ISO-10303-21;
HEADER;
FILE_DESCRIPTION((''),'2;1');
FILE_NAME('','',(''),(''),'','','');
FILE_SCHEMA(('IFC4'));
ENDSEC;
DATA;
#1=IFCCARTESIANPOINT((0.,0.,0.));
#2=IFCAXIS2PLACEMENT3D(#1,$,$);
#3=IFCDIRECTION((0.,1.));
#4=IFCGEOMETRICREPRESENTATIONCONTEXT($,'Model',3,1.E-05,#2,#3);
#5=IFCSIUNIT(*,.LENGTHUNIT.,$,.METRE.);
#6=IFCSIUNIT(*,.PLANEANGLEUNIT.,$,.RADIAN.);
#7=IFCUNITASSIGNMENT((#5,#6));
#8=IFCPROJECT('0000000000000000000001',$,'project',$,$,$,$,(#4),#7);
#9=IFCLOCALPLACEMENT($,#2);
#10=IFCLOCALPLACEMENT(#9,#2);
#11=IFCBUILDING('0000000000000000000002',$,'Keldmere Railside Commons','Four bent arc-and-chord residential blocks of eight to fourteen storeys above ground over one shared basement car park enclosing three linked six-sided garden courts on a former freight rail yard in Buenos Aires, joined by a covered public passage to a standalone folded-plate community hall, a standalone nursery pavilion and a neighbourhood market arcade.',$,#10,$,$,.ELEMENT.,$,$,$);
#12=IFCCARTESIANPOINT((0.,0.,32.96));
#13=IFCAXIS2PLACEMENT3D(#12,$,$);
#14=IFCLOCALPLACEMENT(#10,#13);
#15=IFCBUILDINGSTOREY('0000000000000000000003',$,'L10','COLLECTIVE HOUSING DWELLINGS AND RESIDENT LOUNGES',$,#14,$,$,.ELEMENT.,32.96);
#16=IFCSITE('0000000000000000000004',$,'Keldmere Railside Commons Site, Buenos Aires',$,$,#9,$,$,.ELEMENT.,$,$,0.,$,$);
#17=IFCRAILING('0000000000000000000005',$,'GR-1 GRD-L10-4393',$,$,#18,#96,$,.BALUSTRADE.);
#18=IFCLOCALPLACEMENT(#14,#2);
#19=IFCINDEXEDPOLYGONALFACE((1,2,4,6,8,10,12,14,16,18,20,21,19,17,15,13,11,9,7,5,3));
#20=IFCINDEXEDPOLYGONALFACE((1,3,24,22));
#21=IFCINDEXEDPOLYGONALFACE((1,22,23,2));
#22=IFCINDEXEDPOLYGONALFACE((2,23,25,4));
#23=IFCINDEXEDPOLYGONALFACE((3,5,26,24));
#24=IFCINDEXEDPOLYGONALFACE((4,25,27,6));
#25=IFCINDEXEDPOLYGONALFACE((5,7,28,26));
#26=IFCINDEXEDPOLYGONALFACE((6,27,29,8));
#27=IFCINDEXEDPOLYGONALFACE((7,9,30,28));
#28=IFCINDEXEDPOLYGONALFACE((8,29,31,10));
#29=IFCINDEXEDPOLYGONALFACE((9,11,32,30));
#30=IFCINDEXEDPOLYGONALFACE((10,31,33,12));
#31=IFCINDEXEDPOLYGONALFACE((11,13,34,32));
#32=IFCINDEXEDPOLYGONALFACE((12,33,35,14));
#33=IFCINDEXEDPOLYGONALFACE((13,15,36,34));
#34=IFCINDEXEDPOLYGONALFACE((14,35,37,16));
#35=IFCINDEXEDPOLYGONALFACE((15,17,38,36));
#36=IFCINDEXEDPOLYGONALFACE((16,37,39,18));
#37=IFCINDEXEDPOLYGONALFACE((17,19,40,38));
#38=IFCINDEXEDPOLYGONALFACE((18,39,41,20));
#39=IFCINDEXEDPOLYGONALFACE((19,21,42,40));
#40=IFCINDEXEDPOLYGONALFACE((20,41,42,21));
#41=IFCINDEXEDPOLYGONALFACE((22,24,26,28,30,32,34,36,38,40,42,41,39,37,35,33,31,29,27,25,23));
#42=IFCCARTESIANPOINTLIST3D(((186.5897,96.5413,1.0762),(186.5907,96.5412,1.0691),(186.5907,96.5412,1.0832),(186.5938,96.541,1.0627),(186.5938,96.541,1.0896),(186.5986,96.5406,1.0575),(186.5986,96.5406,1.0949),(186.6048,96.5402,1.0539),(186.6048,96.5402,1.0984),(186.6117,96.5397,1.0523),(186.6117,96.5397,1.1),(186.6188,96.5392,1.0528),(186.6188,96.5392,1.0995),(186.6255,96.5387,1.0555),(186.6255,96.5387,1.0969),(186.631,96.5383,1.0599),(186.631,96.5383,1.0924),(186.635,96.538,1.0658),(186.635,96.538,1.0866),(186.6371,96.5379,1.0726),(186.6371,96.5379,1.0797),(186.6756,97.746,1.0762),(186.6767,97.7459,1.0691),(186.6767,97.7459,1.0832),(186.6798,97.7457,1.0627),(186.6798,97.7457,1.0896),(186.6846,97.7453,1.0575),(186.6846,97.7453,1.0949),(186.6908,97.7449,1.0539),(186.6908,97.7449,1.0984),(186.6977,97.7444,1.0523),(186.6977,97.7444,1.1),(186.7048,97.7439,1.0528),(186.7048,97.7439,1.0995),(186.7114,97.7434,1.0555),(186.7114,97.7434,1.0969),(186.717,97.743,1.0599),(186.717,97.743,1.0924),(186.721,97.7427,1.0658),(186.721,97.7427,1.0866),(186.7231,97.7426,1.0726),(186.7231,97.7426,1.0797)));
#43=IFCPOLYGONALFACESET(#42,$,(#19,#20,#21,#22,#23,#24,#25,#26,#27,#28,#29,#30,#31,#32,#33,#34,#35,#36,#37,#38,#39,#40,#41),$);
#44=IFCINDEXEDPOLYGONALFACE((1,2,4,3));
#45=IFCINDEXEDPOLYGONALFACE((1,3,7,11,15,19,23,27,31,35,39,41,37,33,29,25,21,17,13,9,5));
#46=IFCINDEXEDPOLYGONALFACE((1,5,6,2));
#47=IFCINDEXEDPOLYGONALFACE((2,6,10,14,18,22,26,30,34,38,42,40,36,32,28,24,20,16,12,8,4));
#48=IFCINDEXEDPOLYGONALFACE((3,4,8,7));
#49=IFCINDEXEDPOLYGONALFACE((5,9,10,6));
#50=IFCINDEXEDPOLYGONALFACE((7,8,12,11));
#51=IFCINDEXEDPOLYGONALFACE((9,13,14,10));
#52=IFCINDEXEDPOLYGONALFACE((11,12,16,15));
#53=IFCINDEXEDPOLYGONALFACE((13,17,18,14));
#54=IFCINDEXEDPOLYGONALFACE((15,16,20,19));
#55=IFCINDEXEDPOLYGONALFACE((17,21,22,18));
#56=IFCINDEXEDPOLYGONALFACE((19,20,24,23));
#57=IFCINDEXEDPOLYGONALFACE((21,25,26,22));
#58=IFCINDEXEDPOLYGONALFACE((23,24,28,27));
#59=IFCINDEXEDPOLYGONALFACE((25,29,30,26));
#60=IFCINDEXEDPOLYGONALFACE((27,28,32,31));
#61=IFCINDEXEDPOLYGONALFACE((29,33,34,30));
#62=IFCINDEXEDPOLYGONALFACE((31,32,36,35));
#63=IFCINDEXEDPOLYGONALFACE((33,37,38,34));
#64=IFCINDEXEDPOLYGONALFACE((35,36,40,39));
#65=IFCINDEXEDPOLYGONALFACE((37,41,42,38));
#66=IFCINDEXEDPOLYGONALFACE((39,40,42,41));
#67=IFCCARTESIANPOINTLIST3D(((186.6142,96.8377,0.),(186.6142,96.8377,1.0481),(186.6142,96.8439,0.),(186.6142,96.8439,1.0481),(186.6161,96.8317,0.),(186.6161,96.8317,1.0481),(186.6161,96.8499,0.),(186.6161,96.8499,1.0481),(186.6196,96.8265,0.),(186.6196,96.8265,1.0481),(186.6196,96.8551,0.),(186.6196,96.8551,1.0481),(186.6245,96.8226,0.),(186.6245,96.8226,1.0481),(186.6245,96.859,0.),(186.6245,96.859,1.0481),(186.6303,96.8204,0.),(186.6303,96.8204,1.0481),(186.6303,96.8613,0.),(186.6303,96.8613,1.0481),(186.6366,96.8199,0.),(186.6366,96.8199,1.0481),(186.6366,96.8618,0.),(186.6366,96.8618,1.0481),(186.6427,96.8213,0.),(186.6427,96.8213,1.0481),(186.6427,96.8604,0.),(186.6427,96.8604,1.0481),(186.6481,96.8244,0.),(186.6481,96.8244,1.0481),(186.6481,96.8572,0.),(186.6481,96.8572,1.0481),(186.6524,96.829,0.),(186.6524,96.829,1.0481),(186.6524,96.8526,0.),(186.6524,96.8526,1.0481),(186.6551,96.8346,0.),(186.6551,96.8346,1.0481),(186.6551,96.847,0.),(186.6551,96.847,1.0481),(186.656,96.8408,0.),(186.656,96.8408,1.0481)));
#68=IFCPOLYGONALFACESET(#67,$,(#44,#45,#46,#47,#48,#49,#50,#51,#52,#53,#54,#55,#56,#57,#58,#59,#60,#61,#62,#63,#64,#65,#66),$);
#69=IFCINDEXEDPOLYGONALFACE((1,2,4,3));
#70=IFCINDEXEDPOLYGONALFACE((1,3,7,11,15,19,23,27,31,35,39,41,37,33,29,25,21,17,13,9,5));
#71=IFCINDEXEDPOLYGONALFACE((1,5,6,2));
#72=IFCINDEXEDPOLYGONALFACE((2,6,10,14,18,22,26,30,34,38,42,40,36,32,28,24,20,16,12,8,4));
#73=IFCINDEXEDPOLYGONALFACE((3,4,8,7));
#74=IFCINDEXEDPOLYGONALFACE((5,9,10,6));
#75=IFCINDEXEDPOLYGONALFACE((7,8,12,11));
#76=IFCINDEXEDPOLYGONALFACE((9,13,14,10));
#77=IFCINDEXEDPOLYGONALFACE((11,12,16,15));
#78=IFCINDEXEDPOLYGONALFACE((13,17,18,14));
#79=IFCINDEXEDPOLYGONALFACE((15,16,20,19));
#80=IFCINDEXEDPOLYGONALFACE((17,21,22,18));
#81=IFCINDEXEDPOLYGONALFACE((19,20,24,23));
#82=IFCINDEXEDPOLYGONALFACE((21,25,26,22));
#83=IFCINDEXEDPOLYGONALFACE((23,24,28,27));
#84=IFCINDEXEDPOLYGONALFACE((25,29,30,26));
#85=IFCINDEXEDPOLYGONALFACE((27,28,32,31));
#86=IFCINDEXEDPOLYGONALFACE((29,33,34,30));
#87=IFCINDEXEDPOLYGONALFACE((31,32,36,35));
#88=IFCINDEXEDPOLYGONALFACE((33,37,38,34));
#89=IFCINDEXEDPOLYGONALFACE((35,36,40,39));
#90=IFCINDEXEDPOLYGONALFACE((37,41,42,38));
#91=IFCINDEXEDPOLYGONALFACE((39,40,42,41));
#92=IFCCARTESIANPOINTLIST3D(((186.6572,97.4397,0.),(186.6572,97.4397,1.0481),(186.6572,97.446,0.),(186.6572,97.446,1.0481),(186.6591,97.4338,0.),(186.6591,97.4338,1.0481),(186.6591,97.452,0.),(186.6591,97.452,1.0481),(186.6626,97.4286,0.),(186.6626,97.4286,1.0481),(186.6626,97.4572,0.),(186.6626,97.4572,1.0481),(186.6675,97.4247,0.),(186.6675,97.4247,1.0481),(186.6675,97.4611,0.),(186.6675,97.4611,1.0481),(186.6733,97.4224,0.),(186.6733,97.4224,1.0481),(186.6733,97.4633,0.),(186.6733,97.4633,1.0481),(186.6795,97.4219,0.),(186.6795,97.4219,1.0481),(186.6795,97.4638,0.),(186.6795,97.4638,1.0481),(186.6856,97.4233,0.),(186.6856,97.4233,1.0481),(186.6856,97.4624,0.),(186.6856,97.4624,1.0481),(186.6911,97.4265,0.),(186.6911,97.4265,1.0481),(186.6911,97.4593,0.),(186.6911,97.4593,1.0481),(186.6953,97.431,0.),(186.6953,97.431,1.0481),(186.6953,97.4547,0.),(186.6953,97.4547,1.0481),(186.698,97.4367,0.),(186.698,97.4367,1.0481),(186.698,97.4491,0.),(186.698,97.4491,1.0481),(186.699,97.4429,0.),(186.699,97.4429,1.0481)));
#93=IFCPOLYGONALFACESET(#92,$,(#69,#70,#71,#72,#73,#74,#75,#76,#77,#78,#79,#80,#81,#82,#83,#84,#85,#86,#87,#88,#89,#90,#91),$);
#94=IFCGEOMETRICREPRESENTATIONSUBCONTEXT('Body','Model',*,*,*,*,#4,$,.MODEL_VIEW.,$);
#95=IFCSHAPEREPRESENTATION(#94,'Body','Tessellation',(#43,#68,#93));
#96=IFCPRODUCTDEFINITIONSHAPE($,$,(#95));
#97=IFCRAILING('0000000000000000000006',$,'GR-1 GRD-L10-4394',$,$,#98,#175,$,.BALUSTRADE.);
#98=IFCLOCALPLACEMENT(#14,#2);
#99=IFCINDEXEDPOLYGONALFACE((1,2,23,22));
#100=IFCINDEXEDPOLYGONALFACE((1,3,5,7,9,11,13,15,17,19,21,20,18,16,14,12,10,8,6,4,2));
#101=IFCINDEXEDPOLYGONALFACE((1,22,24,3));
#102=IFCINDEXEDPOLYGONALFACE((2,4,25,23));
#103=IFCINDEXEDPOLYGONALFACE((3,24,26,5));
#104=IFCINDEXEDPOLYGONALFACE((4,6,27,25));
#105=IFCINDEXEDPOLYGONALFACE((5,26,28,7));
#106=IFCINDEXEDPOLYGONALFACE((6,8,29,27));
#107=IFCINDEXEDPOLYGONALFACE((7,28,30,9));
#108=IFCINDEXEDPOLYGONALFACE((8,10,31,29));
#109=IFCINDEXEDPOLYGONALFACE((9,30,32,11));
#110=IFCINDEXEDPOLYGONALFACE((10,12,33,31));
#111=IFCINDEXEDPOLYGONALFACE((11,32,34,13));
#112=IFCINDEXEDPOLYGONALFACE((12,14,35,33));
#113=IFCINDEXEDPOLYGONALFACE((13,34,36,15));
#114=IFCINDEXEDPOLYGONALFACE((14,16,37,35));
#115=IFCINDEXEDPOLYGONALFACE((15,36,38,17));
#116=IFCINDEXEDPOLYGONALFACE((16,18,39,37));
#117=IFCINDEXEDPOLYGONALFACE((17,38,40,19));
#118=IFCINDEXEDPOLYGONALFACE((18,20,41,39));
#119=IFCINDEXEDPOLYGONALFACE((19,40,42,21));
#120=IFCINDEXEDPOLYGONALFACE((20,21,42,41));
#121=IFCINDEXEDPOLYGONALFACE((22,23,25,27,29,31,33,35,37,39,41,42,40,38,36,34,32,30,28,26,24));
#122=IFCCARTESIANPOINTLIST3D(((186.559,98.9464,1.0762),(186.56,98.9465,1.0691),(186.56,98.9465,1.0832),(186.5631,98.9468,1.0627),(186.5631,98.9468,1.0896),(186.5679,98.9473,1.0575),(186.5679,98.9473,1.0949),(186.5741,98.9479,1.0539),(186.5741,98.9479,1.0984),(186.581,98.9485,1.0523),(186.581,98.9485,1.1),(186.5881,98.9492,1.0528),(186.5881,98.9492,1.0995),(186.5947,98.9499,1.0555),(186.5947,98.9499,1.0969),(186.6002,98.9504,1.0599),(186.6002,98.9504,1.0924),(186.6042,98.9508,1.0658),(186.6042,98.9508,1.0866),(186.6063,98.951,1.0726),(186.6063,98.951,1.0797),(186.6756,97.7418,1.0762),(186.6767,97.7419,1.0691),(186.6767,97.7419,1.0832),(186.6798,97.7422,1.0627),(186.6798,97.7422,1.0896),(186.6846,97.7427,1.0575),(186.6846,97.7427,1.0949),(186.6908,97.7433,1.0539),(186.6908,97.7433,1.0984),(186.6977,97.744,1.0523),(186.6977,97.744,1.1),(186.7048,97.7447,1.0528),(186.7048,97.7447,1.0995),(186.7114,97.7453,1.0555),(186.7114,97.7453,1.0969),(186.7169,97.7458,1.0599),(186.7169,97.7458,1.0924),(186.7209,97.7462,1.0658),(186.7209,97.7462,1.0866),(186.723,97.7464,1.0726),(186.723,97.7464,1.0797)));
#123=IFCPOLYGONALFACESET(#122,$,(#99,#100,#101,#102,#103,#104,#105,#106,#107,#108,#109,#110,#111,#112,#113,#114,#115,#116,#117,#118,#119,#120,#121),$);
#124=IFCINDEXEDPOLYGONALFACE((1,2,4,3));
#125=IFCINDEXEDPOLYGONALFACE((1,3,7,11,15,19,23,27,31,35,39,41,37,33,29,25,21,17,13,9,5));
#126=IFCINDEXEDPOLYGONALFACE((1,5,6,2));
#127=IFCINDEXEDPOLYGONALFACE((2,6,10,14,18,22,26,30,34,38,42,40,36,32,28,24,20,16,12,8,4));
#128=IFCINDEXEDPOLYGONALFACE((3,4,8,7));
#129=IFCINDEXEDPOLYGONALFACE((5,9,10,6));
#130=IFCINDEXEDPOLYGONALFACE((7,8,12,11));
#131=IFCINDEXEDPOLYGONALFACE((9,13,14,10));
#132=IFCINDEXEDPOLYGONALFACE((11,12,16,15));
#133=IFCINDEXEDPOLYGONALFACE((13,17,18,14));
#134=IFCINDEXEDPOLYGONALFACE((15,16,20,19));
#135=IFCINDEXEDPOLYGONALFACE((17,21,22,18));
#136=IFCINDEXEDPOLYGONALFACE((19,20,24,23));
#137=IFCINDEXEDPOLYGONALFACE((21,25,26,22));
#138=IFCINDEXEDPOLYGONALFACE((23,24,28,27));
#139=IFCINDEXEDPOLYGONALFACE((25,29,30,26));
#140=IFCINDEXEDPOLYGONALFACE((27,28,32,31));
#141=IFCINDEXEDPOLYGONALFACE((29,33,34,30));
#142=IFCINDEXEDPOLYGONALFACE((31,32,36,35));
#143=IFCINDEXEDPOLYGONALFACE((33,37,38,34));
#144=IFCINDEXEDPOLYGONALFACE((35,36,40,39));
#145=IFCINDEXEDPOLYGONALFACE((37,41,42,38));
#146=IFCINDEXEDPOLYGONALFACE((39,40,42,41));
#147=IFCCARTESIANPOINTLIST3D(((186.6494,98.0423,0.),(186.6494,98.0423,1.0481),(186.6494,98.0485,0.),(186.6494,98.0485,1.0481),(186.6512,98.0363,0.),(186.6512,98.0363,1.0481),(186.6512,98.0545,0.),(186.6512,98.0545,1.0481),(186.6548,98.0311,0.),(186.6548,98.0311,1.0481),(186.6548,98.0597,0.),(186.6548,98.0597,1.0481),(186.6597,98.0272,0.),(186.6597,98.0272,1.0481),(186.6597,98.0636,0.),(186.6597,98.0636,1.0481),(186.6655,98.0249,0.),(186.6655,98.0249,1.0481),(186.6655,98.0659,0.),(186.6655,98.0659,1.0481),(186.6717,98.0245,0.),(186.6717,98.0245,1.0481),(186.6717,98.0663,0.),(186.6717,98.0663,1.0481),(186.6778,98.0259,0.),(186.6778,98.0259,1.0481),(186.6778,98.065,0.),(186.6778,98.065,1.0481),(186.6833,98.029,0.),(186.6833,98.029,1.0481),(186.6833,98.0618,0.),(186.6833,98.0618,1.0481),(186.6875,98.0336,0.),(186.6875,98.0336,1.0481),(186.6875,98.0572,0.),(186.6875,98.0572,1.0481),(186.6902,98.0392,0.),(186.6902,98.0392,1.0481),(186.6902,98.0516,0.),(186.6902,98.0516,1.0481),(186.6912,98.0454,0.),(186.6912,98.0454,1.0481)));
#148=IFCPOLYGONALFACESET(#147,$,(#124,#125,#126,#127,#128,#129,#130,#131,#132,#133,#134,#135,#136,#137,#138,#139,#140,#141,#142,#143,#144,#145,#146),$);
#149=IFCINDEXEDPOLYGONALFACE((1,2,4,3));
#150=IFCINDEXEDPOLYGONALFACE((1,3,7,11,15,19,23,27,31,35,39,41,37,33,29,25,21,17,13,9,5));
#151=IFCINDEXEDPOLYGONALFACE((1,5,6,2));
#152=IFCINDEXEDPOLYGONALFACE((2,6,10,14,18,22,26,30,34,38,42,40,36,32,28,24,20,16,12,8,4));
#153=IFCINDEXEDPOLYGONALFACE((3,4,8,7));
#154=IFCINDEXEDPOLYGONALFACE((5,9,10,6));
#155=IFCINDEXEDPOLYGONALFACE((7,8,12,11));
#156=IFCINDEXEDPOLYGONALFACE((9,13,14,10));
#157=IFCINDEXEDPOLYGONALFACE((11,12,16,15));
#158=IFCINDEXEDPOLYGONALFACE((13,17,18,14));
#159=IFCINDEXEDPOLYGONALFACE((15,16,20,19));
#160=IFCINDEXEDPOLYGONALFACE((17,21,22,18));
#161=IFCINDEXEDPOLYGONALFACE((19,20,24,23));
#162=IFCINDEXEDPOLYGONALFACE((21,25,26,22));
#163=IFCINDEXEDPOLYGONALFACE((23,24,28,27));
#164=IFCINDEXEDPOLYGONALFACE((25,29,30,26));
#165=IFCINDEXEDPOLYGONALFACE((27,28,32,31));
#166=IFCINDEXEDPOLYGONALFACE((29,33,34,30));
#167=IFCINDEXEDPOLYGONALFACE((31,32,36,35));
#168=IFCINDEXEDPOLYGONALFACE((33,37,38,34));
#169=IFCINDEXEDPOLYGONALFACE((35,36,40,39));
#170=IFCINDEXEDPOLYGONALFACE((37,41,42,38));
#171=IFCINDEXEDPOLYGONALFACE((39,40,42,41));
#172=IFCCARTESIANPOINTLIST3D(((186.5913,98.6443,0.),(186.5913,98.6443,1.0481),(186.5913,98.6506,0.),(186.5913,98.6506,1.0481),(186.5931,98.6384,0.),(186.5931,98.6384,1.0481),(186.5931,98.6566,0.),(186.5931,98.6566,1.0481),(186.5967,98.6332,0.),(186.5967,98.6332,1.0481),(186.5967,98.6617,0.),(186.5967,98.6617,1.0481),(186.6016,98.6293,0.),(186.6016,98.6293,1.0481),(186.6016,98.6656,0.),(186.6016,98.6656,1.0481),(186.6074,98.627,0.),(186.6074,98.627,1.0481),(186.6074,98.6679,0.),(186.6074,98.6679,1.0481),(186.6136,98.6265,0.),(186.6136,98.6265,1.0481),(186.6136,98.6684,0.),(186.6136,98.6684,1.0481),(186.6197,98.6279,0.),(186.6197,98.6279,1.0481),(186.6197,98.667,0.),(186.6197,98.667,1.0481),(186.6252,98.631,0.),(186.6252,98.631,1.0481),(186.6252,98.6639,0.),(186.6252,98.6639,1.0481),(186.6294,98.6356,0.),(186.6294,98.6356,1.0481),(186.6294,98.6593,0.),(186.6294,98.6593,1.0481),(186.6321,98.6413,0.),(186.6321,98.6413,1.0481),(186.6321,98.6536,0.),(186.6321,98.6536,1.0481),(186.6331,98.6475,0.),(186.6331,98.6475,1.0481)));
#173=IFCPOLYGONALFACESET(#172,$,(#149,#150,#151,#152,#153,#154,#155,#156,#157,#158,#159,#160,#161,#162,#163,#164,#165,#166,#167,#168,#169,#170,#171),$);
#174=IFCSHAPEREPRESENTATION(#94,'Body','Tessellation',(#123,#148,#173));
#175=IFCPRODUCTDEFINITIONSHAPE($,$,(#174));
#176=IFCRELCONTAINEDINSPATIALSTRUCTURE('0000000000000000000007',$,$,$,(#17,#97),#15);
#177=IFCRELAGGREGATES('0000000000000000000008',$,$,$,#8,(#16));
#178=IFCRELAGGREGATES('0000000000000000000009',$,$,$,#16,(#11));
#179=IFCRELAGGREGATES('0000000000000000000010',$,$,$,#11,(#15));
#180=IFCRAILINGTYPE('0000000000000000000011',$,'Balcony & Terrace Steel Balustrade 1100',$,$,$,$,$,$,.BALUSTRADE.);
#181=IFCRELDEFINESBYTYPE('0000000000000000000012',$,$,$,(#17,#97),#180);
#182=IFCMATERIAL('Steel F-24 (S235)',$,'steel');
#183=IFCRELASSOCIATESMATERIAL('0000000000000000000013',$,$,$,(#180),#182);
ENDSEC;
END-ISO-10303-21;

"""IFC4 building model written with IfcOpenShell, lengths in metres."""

from ifc_helpers import new_model, si_unit, direction, frame, origin, origin_2d, place, context, subcontext, project, spatial, circle, extrude, material, type_object, element, save


model = new_model("IFC4")

# Units and contexts
model_context = context("Model", 3, precision=1e-05, world=origin(), true_north=direction((0.0, 1.0)))
body_context = subcontext(model_context, "Body", "Model", "MODEL_VIEW")
ifc_project = project(units=[si_unit("LENGTHUNIT", "METRE"), si_unit("PLANEANGLEUNIT", "RADIAN")], contexts=[model_context])

# Site, building, storey
site_placement = place(None, origin())
site = spatial("IfcSite", under=ifc_project, at=site_placement, Name="Keldmere Railside Commons Site, Buenos Aires", CompositionType="ELEMENT", RefElevation=0.0)
building_placement = place(site_placement, origin())
building = spatial("IfcBuilding", under=site, at=building_placement, Name="Keldmere Railside Commons", Description="Four bent arc-and-chord residential blocks of eight to fourteen storeys above ground over one shared basement car park enclosing three linked six-sided garden courts on a former freight rail yard in Buenos Aires, joined by a covered public passage to a standalone folded-plate community hall, a standalone nursery pavilion and a neighbourhood market arcade.", CompositionType="ELEMENT")
storey_placement = place(building_placement, frame((0.0, 0.0, 32.96)))
storey = spatial("IfcBuildingStorey", under=building, at=storey_placement, Name="L10", Description="COLLECTIVE HOUSING DWELLINGS AND RESIDENT LOUNGES", CompositionType="ELEMENT", Elevation=32.96)

# Railings
ifc_material_1 = material(Name="Steel F-24 (S235)", Category="steel")
railing_type = type_object("IfcRailingType", Name="Balcony & Terrace Steel Balustrade 1100", PredefinedType="BALUSTRADE", material=ifc_material_1)
railing_1_placement = place(storey_placement, frame((186.6135, 96.5396, 0.0)))
element("IfcRailing", 1, at=railing_1_placement, inside=storey, type_object=railing_type, Name="GR-1 GRD-L10-4393", PredefinedType="BALUSTRADE", context=body_context, shape_type="SweptSolid", body=[
    extrude(circle(Radius=0.0239, at=origin_2d()), frame((0.0, 0.0, 1.0762), z_axis=(0.071161, 0.997465, 0.0), x_axis=(-0.997465, 0.071161, 0.0)), (0.0, 0.0, 1.0), 1.2078),
    extrude(circle(Radius=0.021, at=origin_2d()), frame((0.0215, 0.3013, 0.0)), (0.0, 0.0, 1.0), 1.0481),
    extrude(circle(Radius=0.021, at=origin_2d()), frame((0.0645, 0.9033, 0.0)), (0.0, 0.0, 1.0), 1.0481),
])
railing_2_placement = place(storey_placement, frame((186.6995, 97.7441, 0.0)))
element("IfcRailing", 2, at=railing_2_placement, inside=storey, type_object=railing_type, Name="GR-1 GRD-L10-4394", PredefinedType="BALUSTRADE", context=body_context, shape_type="SweptSolid", body=[
    extrude(circle(Radius=0.0239, at=origin_2d()), frame((0.0, 0.0, 1.0762), z_axis=(-0.096427, 0.99534, 0.0), x_axis=(-0.99534, -0.096427, 0.0)), (0.0, 0.0, 1.0), 1.2102),
    extrude(circle(Radius=0.021, at=origin_2d()), frame((-0.0293, 0.3013, 0.0)), (0.0, 0.0, 1.0), 1.0481),
    extrude(circle(Radius=0.021, at=origin_2d()), frame((-0.0874, 0.9033, 0.0)), (0.0, 0.0, 1.0), 1.0481),
])

save(model, "model.ifc")
